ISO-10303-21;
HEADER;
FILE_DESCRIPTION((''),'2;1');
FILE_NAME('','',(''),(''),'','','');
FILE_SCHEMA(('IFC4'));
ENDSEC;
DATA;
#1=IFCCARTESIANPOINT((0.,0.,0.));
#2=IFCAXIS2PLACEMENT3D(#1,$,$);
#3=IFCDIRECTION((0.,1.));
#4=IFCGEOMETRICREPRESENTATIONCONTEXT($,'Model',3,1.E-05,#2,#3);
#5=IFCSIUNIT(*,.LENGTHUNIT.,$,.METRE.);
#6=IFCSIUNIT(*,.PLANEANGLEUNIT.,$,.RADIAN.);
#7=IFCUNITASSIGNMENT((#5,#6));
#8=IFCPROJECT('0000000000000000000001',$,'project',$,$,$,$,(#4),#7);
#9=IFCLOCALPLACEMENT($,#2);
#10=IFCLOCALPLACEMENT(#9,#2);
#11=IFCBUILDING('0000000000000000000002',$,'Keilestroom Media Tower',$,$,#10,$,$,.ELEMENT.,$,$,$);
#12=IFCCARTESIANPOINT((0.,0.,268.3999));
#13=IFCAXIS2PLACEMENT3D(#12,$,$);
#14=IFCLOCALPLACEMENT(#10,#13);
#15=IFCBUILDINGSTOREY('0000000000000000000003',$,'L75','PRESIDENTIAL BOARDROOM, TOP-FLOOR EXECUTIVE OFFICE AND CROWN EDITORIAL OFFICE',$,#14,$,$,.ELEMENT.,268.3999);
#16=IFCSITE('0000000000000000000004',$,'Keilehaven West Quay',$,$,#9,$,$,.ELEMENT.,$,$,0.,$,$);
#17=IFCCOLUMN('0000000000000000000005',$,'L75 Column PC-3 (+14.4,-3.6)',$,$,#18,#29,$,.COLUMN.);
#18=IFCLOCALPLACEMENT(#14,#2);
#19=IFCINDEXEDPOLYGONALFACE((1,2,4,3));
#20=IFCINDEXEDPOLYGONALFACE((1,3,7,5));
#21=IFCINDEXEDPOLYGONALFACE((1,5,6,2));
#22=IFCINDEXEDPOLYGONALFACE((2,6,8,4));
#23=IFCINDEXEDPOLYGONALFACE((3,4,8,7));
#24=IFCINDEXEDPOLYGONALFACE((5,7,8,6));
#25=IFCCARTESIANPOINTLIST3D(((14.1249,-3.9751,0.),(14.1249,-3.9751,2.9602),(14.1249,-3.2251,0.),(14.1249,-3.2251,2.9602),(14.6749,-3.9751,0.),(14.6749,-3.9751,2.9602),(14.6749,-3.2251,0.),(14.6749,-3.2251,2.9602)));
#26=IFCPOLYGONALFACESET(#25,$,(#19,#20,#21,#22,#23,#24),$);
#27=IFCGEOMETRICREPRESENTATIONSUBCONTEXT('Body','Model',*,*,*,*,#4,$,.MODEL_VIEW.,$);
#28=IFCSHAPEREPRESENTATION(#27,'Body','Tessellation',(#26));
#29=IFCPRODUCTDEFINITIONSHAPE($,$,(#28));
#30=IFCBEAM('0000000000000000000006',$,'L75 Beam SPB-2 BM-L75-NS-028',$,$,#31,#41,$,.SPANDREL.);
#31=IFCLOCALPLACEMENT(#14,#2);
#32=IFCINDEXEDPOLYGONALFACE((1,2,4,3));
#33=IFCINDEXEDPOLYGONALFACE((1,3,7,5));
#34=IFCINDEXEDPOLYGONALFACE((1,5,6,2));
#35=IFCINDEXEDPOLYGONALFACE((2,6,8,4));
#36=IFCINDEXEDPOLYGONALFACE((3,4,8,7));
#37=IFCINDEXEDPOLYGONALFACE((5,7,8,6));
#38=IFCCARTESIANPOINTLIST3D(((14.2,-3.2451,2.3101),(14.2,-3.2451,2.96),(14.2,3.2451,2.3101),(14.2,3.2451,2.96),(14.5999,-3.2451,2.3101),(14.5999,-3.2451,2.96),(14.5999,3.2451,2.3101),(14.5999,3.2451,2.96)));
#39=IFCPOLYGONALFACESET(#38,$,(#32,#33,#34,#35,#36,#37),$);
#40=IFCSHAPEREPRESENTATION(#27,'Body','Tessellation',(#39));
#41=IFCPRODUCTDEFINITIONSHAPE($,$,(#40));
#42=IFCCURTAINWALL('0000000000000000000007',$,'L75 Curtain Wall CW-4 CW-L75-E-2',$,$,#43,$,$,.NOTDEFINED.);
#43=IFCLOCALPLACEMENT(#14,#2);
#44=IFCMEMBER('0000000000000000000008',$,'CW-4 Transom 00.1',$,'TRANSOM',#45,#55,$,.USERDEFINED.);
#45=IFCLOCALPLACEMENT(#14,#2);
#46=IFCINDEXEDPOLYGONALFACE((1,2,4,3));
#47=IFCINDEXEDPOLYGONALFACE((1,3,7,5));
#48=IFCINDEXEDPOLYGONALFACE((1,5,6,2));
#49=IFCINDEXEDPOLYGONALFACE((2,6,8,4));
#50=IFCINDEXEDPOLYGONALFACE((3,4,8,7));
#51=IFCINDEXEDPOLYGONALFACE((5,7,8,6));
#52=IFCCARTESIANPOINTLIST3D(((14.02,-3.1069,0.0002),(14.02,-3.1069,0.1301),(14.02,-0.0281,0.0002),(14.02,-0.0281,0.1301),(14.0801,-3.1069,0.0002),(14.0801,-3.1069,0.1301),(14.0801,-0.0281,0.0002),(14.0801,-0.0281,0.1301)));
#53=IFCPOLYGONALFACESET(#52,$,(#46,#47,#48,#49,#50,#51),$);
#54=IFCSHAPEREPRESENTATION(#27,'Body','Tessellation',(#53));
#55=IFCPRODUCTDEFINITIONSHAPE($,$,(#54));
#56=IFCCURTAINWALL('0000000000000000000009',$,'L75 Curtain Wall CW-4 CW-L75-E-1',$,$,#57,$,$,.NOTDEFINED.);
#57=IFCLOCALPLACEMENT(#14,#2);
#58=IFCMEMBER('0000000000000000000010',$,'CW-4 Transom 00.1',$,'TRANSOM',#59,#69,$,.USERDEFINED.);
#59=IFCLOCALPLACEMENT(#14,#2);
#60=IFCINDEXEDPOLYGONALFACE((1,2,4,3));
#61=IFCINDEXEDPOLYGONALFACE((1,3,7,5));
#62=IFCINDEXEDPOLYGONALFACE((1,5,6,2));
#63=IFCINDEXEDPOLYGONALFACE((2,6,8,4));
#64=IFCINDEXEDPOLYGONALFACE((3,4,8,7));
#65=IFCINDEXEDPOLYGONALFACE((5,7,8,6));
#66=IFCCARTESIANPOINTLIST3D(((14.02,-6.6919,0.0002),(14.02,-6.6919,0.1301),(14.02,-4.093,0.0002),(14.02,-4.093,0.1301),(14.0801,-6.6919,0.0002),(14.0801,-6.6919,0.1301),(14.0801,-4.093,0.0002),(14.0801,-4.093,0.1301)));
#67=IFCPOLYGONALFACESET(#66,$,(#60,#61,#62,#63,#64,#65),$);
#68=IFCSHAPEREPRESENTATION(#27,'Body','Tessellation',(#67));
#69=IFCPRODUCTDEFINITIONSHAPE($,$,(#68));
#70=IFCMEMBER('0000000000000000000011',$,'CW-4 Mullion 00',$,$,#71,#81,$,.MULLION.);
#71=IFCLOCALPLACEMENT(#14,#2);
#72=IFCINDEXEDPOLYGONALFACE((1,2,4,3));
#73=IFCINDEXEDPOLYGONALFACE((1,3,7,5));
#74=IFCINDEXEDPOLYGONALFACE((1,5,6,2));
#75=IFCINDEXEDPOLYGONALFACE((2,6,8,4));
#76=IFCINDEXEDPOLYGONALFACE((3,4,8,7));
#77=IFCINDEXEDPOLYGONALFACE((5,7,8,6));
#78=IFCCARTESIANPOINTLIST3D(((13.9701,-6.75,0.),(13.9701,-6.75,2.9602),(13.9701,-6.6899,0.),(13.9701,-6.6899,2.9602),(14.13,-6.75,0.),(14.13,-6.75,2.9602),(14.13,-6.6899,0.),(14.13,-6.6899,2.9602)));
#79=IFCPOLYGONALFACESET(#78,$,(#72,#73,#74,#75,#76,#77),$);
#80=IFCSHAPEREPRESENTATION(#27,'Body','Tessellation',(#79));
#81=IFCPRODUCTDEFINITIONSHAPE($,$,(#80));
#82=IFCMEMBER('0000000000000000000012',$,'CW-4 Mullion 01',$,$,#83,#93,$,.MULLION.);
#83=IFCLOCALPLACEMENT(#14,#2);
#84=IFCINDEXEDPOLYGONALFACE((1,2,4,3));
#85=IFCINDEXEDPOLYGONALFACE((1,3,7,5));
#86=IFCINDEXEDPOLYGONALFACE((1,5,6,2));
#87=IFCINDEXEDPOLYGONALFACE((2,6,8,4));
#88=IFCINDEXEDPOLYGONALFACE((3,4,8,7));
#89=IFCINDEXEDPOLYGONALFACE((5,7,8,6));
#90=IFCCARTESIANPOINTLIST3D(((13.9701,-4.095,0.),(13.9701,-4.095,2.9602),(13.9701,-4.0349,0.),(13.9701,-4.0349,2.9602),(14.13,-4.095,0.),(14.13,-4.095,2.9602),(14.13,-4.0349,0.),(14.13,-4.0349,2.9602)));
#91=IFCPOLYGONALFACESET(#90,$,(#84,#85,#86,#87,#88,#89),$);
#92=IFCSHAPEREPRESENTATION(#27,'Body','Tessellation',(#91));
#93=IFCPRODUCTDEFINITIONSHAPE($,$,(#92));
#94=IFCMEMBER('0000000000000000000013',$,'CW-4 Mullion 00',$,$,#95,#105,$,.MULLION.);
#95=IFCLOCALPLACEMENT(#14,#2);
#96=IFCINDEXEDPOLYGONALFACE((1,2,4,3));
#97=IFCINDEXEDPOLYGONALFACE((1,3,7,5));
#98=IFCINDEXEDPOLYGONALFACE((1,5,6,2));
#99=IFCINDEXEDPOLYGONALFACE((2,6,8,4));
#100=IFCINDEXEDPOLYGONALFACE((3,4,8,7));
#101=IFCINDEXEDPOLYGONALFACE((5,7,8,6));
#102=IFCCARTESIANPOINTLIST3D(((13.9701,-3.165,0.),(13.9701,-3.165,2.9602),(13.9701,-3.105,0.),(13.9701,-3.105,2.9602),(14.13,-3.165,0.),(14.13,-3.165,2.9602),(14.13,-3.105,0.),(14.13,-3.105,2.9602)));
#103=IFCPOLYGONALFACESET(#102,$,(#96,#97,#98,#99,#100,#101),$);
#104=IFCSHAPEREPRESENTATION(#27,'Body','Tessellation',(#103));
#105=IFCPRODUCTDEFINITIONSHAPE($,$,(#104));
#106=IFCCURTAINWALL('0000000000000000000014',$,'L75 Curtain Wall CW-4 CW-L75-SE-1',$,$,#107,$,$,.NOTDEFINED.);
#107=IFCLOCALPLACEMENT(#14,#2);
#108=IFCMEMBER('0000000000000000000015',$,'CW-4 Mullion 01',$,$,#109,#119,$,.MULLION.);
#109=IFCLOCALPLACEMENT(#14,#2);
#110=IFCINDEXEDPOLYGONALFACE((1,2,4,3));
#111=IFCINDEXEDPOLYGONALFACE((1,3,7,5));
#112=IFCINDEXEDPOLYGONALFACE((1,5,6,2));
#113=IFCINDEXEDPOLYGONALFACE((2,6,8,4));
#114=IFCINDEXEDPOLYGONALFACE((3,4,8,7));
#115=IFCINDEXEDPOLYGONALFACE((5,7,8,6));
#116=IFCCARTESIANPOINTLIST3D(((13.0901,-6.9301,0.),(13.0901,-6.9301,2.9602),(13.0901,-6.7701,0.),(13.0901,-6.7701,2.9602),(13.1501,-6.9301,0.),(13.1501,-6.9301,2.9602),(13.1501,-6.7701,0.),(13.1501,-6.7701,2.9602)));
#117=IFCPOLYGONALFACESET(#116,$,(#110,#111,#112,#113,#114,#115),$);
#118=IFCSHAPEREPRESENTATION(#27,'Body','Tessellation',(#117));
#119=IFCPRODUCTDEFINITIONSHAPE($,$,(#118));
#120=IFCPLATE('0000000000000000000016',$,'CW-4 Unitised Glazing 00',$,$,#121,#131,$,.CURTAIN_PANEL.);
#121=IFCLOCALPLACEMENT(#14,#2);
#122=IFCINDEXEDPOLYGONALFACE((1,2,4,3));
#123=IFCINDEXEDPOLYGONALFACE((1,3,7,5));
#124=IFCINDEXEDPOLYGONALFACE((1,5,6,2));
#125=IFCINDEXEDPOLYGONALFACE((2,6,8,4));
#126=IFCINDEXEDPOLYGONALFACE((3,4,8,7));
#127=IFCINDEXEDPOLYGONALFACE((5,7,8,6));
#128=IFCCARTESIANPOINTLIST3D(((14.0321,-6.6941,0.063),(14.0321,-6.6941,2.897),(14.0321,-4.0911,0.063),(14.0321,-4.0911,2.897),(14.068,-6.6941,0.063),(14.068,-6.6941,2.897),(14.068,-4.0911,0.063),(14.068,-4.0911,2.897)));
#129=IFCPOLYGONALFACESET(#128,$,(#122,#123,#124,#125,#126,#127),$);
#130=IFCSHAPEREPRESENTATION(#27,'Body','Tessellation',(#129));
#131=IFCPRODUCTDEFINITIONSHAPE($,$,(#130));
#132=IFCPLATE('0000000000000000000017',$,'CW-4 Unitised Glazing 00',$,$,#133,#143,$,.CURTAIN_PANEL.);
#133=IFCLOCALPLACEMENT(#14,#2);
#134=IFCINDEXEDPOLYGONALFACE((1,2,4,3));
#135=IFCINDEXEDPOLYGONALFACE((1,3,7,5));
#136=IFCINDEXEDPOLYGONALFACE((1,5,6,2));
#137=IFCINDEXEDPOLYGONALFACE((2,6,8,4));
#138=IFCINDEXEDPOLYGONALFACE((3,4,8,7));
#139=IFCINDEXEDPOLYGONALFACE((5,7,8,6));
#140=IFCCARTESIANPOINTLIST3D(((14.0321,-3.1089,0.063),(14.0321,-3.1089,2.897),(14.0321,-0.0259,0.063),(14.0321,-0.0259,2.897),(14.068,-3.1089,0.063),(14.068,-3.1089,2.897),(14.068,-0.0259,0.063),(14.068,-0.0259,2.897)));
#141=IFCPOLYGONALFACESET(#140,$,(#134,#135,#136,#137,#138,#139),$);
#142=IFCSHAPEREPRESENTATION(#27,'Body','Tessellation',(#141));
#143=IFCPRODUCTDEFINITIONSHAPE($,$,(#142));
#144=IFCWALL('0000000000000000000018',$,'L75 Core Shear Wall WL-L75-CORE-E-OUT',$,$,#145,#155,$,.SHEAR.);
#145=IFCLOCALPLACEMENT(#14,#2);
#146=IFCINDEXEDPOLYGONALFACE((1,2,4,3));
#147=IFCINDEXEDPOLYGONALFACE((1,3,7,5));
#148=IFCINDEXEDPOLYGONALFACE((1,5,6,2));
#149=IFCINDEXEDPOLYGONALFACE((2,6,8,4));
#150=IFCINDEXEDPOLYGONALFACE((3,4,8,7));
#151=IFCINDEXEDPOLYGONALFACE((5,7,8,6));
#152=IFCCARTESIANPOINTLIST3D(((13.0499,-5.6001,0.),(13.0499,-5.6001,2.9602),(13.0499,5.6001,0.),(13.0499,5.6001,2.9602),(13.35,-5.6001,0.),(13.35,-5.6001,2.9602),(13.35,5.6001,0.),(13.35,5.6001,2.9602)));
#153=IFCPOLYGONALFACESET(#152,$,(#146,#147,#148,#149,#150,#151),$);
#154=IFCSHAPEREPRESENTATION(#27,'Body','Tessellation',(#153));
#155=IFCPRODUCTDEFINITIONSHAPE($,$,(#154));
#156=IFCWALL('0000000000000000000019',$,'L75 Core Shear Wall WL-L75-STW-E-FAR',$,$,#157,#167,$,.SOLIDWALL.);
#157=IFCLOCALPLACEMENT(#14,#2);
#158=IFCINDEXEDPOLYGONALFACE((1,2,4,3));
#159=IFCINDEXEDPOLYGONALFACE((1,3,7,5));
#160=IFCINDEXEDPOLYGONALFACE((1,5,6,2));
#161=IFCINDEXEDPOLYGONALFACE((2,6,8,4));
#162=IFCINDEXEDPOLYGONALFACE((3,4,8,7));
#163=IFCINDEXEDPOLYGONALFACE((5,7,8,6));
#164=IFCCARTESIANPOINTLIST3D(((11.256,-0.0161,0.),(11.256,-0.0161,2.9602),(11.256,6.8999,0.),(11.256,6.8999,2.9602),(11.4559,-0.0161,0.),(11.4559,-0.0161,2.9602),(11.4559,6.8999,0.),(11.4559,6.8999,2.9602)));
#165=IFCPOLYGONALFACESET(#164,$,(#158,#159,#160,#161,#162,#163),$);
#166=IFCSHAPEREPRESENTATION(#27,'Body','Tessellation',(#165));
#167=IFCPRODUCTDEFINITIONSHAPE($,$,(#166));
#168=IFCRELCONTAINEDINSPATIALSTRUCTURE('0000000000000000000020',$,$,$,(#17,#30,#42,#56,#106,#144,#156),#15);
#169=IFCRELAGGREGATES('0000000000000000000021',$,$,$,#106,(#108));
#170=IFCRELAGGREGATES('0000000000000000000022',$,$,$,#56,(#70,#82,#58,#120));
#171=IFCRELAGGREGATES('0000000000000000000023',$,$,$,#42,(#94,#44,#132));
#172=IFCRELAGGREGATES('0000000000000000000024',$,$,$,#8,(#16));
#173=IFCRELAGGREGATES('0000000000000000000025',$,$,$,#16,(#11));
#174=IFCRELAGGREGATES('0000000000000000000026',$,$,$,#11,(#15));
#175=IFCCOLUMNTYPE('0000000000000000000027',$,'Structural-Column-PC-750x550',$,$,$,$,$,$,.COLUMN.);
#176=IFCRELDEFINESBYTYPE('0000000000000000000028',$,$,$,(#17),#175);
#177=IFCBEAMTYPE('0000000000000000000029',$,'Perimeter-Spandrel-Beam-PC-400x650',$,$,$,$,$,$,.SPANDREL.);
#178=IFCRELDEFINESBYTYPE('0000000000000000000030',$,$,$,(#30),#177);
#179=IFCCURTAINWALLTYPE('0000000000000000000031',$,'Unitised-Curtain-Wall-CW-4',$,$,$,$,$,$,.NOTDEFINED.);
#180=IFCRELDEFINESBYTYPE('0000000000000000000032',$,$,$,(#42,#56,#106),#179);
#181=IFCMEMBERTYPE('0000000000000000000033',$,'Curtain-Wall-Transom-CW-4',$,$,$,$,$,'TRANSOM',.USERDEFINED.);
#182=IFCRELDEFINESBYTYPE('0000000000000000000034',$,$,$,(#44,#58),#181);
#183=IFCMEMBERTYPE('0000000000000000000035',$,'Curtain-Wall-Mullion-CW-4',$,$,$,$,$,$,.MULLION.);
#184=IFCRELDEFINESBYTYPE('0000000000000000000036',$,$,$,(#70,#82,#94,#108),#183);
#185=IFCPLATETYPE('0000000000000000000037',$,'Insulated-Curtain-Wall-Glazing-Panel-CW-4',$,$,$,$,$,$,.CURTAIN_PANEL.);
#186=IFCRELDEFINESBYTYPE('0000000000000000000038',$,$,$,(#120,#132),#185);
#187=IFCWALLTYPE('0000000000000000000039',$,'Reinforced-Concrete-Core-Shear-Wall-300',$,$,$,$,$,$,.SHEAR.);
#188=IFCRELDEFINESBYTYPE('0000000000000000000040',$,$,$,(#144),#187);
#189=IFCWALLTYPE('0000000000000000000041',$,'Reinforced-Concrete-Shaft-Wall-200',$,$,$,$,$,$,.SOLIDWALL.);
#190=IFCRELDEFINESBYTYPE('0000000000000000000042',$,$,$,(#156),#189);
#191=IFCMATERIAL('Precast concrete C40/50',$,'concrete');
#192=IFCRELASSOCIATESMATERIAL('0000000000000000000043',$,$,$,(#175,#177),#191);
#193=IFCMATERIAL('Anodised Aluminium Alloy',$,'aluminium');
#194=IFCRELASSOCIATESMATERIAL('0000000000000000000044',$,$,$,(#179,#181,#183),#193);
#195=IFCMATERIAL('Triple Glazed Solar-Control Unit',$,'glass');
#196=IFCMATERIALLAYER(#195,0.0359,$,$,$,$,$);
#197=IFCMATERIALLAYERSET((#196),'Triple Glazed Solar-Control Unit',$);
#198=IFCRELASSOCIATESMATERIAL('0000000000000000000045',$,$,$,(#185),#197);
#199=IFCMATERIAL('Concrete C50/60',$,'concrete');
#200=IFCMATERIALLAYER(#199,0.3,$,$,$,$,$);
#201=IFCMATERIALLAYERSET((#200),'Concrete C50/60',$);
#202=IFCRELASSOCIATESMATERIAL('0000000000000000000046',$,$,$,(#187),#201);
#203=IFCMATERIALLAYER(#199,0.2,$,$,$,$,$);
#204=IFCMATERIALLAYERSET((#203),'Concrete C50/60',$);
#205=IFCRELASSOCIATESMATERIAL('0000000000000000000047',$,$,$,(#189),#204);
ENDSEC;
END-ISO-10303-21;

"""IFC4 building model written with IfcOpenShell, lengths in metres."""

from ifc_helpers import new_model, si_unit, direction, frame, frame_2d, origin, origin_2d, place, context, subcontext, project, spatial, rectangle, extrude, source, transform, mapped, material, layer, layer_set, material_profile, profile_set, type_object, element, aggregate, save


model = new_model("IFC4")

# Units and contexts
model_context = context("Model", 3, precision=1e-05, world=origin(), true_north=direction((0.0, 1.0)))
body_context = subcontext(model_context, "Body", "Model", "MODEL_VIEW")
ifc_project = project(units=[si_unit("LENGTHUNIT", "METRE"), si_unit("PLANEANGLEUNIT", "RADIAN")], contexts=[model_context])

# Site, building, storey
site_placement = place(None, origin())
site = spatial("IfcSite", under=ifc_project, at=site_placement, Name="Keilehaven West Quay", CompositionType="ELEMENT", RefElevation=0.0)
building_placement = place(site_placement, origin())
building = spatial("IfcBuilding", under=site, at=building_placement, Name="Keilestroom Media Tower", CompositionType="ELEMENT")
storey_placement = place(building_placement, frame((0.0, 0.0, 268.3999)))
storey = spatial("IfcBuildingStorey", under=building, at=storey_placement, Name="L75", Description="PRESIDENTIAL BOARDROOM, TOP-FLOOR EXECUTIVE OFFICE AND CROWN EDITORIAL OFFICE", CompositionType="ELEMENT", Elevation=268.3999)

# Column
ifc_material_1 = material(Name="Precast concrete C40/50", Category="concrete")
ifc_material_profile_1 = material_profile(ifc_material_1, rectangle(XDim=0.55, YDim=0.75, at=origin_2d()), Name="PC 750x550")
ifc_profile_set_1 = profile_set([ifc_material_profile_1], Name="Precast concrete C40/50")
column_type = type_object("IfcColumnType", Name="Structural-Column-PC-750x550", PredefinedType="COLUMN", material=ifc_profile_set_1)
shared_shape_1 = source(origin(), body_context, "Body", "SweptSolid", [
    extrude(rectangle(XDim=0.55, YDim=0.75, at=origin_2d()), origin(), (0.0, 0.0, 1.0), 2.9602),
])
column_placement = place(storey_placement, frame((14.3999, -3.6001, 0.0), z_axis=(0.0, 0.0, 1.0), x_axis=(1.0, 0.0, 0.0)))
element("IfcColumn", 1, at=column_placement, inside=storey, type_object=column_type, Name="L75 Column PC-3 (+14.4,-3.6)", PredefinedType="COLUMN", context=body_context, shape_type="MappedRepresentation", body=[
    mapped(shared_shape_1, transform((0.0, 0.0, 0.0), x_axis=(1.0, 0.0, 0.0), y_axis=(0.0, 1.0, 0.0), z_axis=(0.0, 0.0, 1.0), scale=1.0)),
])

# Beam
ifc_material_profile_2 = material_profile(ifc_material_1, rectangle(XDim=0.3999, YDim=0.6499, at=origin_2d()), Name="PC 400x650")
ifc_profile_set_2 = profile_set([ifc_material_profile_2], Name="Precast concrete C40/50")
beam_type = type_object("IfcBeamType", Name="Perimeter-Spandrel-Beam-PC-400x650", PredefinedType="SPANDREL", material=ifc_profile_set_2)
shared_shape_2 = source(origin(), body_context, "Body", "SweptSolid", [
    extrude(rectangle(XDim=0.3999, YDim=0.6499, at=origin_2d()), origin(), (0.0, 0.0, 1.0), 6.4902),
])
beam_placement = place(storey_placement, frame((14.3999, -3.2451, 2.635), z_axis=(0.0, 1.0, 0.0), x_axis=(-1.0, 0.0, 0.0)))
element("IfcBeam", 2, at=beam_placement, inside=storey, type_object=beam_type, Name="L75 Beam SPB-2 BM-L75-NS-028", PredefinedType="SPANDREL", context=body_context, shape_type="MappedRepresentation", body=[
    mapped(shared_shape_2, transform((0.0, 0.0, 0.0), x_axis=(1.0, 0.0, 0.0), y_axis=(0.0, 1.0, 0.0), z_axis=(0.0, 0.0, 1.0), scale=1.0)),
])

# Curtain wall, member
ifc_material_2 = material(Name="Anodised Aluminium Alloy", Category="aluminium")
curtain_wall_type = type_object("IfcCurtainWallType", Name="Unitised-Curtain-Wall-CW-4", PredefinedType="NOTDEFINED", material=ifc_material_2)
curtain_wall_1_placement = place(storey_placement, origin())
curtain_wall_1 = element("IfcCurtainWall", 3, at=curtain_wall_1_placement, inside=storey, type_object=curtain_wall_type, Name="L75 Curtain Wall CW-4 CW-L75-E-2", PredefinedType="NOTDEFINED")
ifc_material_profile_3 = material_profile(ifc_material_2, rectangle(XDim=0.0601, YDim=0.1299, at=origin_2d()), Name="ALU TRANSOM 60x130")
ifc_profile_set_3 = profile_set([ifc_material_profile_3], Name="Anodised Aluminium Alloy")
member_type_1 = type_object("IfcMemberType", Name="Curtain-Wall-Transom-CW-4", ElementType="TRANSOM", PredefinedType="USERDEFINED", material=ifc_profile_set_3)
shared_shape_3 = source(origin(), body_context, "Body", "SweptSolid", [
    extrude(rectangle(XDim=0.0601, YDim=0.1299, at=origin_2d()), origin(), (0.0, 0.0, 1.0), 3.0789),
])
member_1_placement = place(storey_placement, frame((14.05, -3.1069, 0.0652), z_axis=(0.0, 1.0, 0.0), x_axis=(-1.0, 0.0, 0.0)))
member_1 = element("IfcMember", 4, at=member_1_placement, type_object=member_type_1, Name="CW-4 Transom 00.1", ObjectType="TRANSOM", PredefinedType="USERDEFINED", context=body_context, shape_type="MappedRepresentation", body=[
    mapped(shared_shape_3, transform((0.0, 0.0, 0.0), x_axis=(1.0, 0.0, 0.0), y_axis=(0.0, 1.0, 0.0), z_axis=(0.0, 0.0, 1.0), scale=1.0)),
])

# Curtain wall, members
curtain_wall_2_placement = place(storey_placement, origin())
curtain_wall_2 = element("IfcCurtainWall", 5, at=curtain_wall_2_placement, inside=storey, type_object=curtain_wall_type, Name="L75 Curtain Wall CW-4 CW-L75-E-1", PredefinedType="NOTDEFINED")
shared_shape_4 = source(origin(), body_context, "Body", "SweptSolid", [
    extrude(rectangle(XDim=0.0601, YDim=0.1299, at=origin_2d()), origin(), (0.0, 0.0, 1.0), 2.5989),
])
member_2_placement = place(storey_placement, frame((14.05, -6.6919, 0.0652), z_axis=(0.0, 1.0, 0.0), x_axis=(-1.0, 0.0, 0.0)))
member_2 = element("IfcMember", 6, at=member_2_placement, type_object=member_type_1, Name="CW-4 Transom 00.1", ObjectType="TRANSOM", PredefinedType="USERDEFINED", context=body_context, shape_type="MappedRepresentation", body=[
    mapped(shared_shape_4, transform((0.0, 0.0, 0.0), x_axis=(1.0, 0.0, 0.0), y_axis=(0.0, 1.0, 0.0), z_axis=(0.0, 0.0, 1.0), scale=1.0)),
])
ifc_material_profile_4 = material_profile(ifc_material_2, rectangle(XDim=0.0601, YDim=0.1599, at=origin_2d()), Name="ALU MULLION 60x160")
ifc_profile_set_4 = profile_set([ifc_material_profile_4], Name="Anodised Aluminium Alloy")
member_type_2 = type_object("IfcMemberType", Name="Curtain-Wall-Mullion-CW-4", PredefinedType="MULLION", material=ifc_profile_set_4)
shared_shape_5 = source(origin(), body_context, "Body", "SweptSolid", [
    extrude(rectangle(XDim=0.0601, YDim=0.1599, at=origin_2d()), origin(), (0.0, 0.0, 1.0), 2.9602),
])
member_3_placement = place(storey_placement, frame((14.05, -6.72, 0.0), z_axis=(0.0, 0.0, 1.0), x_axis=(0.0, 1.0, 0.0)))
member_3 = element("IfcMember", 7, at=member_3_placement, type_object=member_type_2, Name="CW-4 Mullion 00", PredefinedType="MULLION", context=body_context, shape_type="MappedRepresentation", body=[
    mapped(shared_shape_5, transform((0.0, 0.0, 0.0), x_axis=(1.0, 0.0, 0.0), y_axis=(0.0, 1.0, 0.0), z_axis=(0.0, 0.0, 1.0), scale=1.0)),
])
member_4_placement = place(storey_placement, frame((14.05, -4.0649, 0.0), z_axis=(0.0, 0.0, 1.0), x_axis=(0.0, 1.0, 0.0)))
member_4 = element("IfcMember", 8, at=member_4_placement, type_object=member_type_2, Name="CW-4 Mullion 01", PredefinedType="MULLION", context=body_context, shape_type="MappedRepresentation", body=[
    mapped(shared_shape_5, transform((0.0, 0.0, 0.0), x_axis=(1.0, 0.0, 0.0), y_axis=(0.0, 1.0, 0.0), z_axis=(0.0, 0.0, 1.0), scale=1.0)),
])

# Member
member_5_placement = place(storey_placement, frame((14.05, -3.135, 0.0), z_axis=(0.0, 0.0, 1.0), x_axis=(0.0, 1.0, 0.0)))
member_5 = element("IfcMember", 9, at=member_5_placement, type_object=member_type_2, Name="CW-4 Mullion 00", PredefinedType="MULLION", context=body_context, shape_type="MappedRepresentation", body=[
    mapped(shared_shape_5, transform((0.0, 0.0, 0.0), x_axis=(1.0, 0.0, 0.0), y_axis=(0.0, 1.0, 0.0), z_axis=(0.0, 0.0, 1.0), scale=1.0)),
])

# Curtain wall, member
curtain_wall_3_placement = place(storey_placement, origin())
curtain_wall_3 = element("IfcCurtainWall", 10, at=curtain_wall_3_placement, inside=storey, type_object=curtain_wall_type, Name="L75 Curtain Wall CW-4 CW-L75-SE-1", PredefinedType="NOTDEFINED")
member_6_placement = place(storey_placement, frame((13.1201, -6.8501, 0.0), z_axis=(0.0, 0.0, 1.0), x_axis=(1.0, 0.0, 0.0)))
member_6 = element("IfcMember", 11, at=member_6_placement, type_object=member_type_2, Name="CW-4 Mullion 01", PredefinedType="MULLION", context=body_context, shape_type="MappedRepresentation", body=[
    mapped(shared_shape_5, transform((0.0, 0.0, 0.0), x_axis=(1.0, 0.0, 0.0), y_axis=(0.0, 1.0, 0.0), z_axis=(0.0, 0.0, 1.0), scale=1.0)),
])
aggregate(curtain_wall_3, [member_6])

# Plates
ifc_material_3 = material(Name="Triple Glazed Solar-Control Unit", Category="glass")
ifc_layer_1 = layer(ifc_material_3, 0.0359)
ifc_layer_set_1 = layer_set([ifc_layer_1], Name="Triple Glazed Solar-Control Unit")
plate_type = type_object("IfcPlateType", Name="Insulated-Curtain-Wall-Glazing-Panel-CW-4", PredefinedType="CURTAIN_PANEL", material=ifc_layer_set_1)
shared_shape_6 = source(origin(), body_context, "Body", "SweptSolid", [
    extrude(rectangle(XDim=2.603, YDim=0.0359, at=origin_2d()), origin(), (0.0, 0.0, 1.0), 2.834),
])
plate_1_placement = place(storey_placement, frame((14.05, -5.3926, 0.063), z_axis=(0.0, 0.0, 1.0), x_axis=(0.0, 1.0, 0.0)))
plate_1 = element("IfcPlate", 12, at=plate_1_placement, type_object=plate_type, Name="CW-4 Unitised Glazing 00", PredefinedType="CURTAIN_PANEL", context=body_context, shape_type="MappedRepresentation", body=[
    mapped(shared_shape_6, transform((0.0, 0.0, 0.0), x_axis=(1.0, 0.0, 0.0), y_axis=(0.0, 1.0, 0.0), z_axis=(0.0, 0.0, 1.0), scale=1.0)),
])
aggregate(curtain_wall_2, [member_3, member_4, member_2, plate_1])
shared_shape_7 = source(origin(), body_context, "Body", "SweptSolid", [
    extrude(rectangle(XDim=3.083, YDim=0.0359, at=origin_2d()), origin(), (0.0, 0.0, 1.0), 2.834),
])
plate_2_placement = place(storey_placement, frame((14.05, -1.5674, 0.063), z_axis=(0.0, 0.0, 1.0), x_axis=(0.0, 1.0, 0.0)))
plate_2 = element("IfcPlate", 13, at=plate_2_placement, type_object=plate_type, Name="CW-4 Unitised Glazing 00", PredefinedType="CURTAIN_PANEL", context=body_context, shape_type="MappedRepresentation", body=[
    mapped(shared_shape_7, transform((0.0, 0.0, 0.0), x_axis=(1.0, 0.0, 0.0), y_axis=(0.0, 1.0, 0.0), z_axis=(0.0, 0.0, 1.0), scale=1.0)),
])
aggregate(curtain_wall_1, [member_5, member_1, plate_2])

# Walls
ifc_material_4 = material(Name="Concrete C50/60", Category="concrete")
ifc_layer_2 = layer(ifc_material_4, 0.3)
ifc_layer_set_2 = layer_set([ifc_layer_2], Name="Concrete C50/60")
wall_type_1 = type_object("IfcWallType", Name="Reinforced-Concrete-Core-Shear-Wall-300", PredefinedType="SHEAR", material=ifc_layer_set_2)
wall_1_placement = place(storey_placement, frame((13.2, -5.6001, 0.0), z_axis=(0.0, 0.0, 1.0), x_axis=(0.0, 1.0, 0.0)))
element("IfcWall", 14, at=wall_1_placement, inside=storey, type_object=wall_type_1, Name="L75 Core Shear Wall WL-L75-CORE-E-OUT", PredefinedType="SHEAR", context=body_context, shape_type="SweptSolid", body=[
    extrude(rectangle(XDim=11.2002, YDim=0.3, at=frame_2d((5.6001, 0.0))), origin(), (0.0, 0.0, 1.0), 2.9602),
])
ifc_layer_3 = layer(ifc_material_4, 0.2)
ifc_layer_set_3 = layer_set([ifc_layer_3], Name="Concrete C50/60")
wall_type_2 = type_object("IfcWallType", Name="Reinforced-Concrete-Shaft-Wall-200", PredefinedType="SOLIDWALL", material=ifc_layer_set_3)
wall_2_placement = place(storey_placement, frame((11.356, -0.0161, 0.0), z_axis=(0.0, 0.0, 1.0), x_axis=(0.0, 1.0, 0.0)))
element("IfcWall", 15, at=wall_2_placement, inside=storey, type_object=wall_type_2, Name="L75 Core Shear Wall WL-L75-STW-E-FAR", PredefinedType="SOLIDWALL", context=body_context, shape_type="SweptSolid", body=[
    extrude(rectangle(XDim=6.916, YDim=0.2, at=frame_2d((3.458, 0.0))), origin(), (0.0, 0.0, 1.0), 2.9602),
])

save(model, "model.ifc")
